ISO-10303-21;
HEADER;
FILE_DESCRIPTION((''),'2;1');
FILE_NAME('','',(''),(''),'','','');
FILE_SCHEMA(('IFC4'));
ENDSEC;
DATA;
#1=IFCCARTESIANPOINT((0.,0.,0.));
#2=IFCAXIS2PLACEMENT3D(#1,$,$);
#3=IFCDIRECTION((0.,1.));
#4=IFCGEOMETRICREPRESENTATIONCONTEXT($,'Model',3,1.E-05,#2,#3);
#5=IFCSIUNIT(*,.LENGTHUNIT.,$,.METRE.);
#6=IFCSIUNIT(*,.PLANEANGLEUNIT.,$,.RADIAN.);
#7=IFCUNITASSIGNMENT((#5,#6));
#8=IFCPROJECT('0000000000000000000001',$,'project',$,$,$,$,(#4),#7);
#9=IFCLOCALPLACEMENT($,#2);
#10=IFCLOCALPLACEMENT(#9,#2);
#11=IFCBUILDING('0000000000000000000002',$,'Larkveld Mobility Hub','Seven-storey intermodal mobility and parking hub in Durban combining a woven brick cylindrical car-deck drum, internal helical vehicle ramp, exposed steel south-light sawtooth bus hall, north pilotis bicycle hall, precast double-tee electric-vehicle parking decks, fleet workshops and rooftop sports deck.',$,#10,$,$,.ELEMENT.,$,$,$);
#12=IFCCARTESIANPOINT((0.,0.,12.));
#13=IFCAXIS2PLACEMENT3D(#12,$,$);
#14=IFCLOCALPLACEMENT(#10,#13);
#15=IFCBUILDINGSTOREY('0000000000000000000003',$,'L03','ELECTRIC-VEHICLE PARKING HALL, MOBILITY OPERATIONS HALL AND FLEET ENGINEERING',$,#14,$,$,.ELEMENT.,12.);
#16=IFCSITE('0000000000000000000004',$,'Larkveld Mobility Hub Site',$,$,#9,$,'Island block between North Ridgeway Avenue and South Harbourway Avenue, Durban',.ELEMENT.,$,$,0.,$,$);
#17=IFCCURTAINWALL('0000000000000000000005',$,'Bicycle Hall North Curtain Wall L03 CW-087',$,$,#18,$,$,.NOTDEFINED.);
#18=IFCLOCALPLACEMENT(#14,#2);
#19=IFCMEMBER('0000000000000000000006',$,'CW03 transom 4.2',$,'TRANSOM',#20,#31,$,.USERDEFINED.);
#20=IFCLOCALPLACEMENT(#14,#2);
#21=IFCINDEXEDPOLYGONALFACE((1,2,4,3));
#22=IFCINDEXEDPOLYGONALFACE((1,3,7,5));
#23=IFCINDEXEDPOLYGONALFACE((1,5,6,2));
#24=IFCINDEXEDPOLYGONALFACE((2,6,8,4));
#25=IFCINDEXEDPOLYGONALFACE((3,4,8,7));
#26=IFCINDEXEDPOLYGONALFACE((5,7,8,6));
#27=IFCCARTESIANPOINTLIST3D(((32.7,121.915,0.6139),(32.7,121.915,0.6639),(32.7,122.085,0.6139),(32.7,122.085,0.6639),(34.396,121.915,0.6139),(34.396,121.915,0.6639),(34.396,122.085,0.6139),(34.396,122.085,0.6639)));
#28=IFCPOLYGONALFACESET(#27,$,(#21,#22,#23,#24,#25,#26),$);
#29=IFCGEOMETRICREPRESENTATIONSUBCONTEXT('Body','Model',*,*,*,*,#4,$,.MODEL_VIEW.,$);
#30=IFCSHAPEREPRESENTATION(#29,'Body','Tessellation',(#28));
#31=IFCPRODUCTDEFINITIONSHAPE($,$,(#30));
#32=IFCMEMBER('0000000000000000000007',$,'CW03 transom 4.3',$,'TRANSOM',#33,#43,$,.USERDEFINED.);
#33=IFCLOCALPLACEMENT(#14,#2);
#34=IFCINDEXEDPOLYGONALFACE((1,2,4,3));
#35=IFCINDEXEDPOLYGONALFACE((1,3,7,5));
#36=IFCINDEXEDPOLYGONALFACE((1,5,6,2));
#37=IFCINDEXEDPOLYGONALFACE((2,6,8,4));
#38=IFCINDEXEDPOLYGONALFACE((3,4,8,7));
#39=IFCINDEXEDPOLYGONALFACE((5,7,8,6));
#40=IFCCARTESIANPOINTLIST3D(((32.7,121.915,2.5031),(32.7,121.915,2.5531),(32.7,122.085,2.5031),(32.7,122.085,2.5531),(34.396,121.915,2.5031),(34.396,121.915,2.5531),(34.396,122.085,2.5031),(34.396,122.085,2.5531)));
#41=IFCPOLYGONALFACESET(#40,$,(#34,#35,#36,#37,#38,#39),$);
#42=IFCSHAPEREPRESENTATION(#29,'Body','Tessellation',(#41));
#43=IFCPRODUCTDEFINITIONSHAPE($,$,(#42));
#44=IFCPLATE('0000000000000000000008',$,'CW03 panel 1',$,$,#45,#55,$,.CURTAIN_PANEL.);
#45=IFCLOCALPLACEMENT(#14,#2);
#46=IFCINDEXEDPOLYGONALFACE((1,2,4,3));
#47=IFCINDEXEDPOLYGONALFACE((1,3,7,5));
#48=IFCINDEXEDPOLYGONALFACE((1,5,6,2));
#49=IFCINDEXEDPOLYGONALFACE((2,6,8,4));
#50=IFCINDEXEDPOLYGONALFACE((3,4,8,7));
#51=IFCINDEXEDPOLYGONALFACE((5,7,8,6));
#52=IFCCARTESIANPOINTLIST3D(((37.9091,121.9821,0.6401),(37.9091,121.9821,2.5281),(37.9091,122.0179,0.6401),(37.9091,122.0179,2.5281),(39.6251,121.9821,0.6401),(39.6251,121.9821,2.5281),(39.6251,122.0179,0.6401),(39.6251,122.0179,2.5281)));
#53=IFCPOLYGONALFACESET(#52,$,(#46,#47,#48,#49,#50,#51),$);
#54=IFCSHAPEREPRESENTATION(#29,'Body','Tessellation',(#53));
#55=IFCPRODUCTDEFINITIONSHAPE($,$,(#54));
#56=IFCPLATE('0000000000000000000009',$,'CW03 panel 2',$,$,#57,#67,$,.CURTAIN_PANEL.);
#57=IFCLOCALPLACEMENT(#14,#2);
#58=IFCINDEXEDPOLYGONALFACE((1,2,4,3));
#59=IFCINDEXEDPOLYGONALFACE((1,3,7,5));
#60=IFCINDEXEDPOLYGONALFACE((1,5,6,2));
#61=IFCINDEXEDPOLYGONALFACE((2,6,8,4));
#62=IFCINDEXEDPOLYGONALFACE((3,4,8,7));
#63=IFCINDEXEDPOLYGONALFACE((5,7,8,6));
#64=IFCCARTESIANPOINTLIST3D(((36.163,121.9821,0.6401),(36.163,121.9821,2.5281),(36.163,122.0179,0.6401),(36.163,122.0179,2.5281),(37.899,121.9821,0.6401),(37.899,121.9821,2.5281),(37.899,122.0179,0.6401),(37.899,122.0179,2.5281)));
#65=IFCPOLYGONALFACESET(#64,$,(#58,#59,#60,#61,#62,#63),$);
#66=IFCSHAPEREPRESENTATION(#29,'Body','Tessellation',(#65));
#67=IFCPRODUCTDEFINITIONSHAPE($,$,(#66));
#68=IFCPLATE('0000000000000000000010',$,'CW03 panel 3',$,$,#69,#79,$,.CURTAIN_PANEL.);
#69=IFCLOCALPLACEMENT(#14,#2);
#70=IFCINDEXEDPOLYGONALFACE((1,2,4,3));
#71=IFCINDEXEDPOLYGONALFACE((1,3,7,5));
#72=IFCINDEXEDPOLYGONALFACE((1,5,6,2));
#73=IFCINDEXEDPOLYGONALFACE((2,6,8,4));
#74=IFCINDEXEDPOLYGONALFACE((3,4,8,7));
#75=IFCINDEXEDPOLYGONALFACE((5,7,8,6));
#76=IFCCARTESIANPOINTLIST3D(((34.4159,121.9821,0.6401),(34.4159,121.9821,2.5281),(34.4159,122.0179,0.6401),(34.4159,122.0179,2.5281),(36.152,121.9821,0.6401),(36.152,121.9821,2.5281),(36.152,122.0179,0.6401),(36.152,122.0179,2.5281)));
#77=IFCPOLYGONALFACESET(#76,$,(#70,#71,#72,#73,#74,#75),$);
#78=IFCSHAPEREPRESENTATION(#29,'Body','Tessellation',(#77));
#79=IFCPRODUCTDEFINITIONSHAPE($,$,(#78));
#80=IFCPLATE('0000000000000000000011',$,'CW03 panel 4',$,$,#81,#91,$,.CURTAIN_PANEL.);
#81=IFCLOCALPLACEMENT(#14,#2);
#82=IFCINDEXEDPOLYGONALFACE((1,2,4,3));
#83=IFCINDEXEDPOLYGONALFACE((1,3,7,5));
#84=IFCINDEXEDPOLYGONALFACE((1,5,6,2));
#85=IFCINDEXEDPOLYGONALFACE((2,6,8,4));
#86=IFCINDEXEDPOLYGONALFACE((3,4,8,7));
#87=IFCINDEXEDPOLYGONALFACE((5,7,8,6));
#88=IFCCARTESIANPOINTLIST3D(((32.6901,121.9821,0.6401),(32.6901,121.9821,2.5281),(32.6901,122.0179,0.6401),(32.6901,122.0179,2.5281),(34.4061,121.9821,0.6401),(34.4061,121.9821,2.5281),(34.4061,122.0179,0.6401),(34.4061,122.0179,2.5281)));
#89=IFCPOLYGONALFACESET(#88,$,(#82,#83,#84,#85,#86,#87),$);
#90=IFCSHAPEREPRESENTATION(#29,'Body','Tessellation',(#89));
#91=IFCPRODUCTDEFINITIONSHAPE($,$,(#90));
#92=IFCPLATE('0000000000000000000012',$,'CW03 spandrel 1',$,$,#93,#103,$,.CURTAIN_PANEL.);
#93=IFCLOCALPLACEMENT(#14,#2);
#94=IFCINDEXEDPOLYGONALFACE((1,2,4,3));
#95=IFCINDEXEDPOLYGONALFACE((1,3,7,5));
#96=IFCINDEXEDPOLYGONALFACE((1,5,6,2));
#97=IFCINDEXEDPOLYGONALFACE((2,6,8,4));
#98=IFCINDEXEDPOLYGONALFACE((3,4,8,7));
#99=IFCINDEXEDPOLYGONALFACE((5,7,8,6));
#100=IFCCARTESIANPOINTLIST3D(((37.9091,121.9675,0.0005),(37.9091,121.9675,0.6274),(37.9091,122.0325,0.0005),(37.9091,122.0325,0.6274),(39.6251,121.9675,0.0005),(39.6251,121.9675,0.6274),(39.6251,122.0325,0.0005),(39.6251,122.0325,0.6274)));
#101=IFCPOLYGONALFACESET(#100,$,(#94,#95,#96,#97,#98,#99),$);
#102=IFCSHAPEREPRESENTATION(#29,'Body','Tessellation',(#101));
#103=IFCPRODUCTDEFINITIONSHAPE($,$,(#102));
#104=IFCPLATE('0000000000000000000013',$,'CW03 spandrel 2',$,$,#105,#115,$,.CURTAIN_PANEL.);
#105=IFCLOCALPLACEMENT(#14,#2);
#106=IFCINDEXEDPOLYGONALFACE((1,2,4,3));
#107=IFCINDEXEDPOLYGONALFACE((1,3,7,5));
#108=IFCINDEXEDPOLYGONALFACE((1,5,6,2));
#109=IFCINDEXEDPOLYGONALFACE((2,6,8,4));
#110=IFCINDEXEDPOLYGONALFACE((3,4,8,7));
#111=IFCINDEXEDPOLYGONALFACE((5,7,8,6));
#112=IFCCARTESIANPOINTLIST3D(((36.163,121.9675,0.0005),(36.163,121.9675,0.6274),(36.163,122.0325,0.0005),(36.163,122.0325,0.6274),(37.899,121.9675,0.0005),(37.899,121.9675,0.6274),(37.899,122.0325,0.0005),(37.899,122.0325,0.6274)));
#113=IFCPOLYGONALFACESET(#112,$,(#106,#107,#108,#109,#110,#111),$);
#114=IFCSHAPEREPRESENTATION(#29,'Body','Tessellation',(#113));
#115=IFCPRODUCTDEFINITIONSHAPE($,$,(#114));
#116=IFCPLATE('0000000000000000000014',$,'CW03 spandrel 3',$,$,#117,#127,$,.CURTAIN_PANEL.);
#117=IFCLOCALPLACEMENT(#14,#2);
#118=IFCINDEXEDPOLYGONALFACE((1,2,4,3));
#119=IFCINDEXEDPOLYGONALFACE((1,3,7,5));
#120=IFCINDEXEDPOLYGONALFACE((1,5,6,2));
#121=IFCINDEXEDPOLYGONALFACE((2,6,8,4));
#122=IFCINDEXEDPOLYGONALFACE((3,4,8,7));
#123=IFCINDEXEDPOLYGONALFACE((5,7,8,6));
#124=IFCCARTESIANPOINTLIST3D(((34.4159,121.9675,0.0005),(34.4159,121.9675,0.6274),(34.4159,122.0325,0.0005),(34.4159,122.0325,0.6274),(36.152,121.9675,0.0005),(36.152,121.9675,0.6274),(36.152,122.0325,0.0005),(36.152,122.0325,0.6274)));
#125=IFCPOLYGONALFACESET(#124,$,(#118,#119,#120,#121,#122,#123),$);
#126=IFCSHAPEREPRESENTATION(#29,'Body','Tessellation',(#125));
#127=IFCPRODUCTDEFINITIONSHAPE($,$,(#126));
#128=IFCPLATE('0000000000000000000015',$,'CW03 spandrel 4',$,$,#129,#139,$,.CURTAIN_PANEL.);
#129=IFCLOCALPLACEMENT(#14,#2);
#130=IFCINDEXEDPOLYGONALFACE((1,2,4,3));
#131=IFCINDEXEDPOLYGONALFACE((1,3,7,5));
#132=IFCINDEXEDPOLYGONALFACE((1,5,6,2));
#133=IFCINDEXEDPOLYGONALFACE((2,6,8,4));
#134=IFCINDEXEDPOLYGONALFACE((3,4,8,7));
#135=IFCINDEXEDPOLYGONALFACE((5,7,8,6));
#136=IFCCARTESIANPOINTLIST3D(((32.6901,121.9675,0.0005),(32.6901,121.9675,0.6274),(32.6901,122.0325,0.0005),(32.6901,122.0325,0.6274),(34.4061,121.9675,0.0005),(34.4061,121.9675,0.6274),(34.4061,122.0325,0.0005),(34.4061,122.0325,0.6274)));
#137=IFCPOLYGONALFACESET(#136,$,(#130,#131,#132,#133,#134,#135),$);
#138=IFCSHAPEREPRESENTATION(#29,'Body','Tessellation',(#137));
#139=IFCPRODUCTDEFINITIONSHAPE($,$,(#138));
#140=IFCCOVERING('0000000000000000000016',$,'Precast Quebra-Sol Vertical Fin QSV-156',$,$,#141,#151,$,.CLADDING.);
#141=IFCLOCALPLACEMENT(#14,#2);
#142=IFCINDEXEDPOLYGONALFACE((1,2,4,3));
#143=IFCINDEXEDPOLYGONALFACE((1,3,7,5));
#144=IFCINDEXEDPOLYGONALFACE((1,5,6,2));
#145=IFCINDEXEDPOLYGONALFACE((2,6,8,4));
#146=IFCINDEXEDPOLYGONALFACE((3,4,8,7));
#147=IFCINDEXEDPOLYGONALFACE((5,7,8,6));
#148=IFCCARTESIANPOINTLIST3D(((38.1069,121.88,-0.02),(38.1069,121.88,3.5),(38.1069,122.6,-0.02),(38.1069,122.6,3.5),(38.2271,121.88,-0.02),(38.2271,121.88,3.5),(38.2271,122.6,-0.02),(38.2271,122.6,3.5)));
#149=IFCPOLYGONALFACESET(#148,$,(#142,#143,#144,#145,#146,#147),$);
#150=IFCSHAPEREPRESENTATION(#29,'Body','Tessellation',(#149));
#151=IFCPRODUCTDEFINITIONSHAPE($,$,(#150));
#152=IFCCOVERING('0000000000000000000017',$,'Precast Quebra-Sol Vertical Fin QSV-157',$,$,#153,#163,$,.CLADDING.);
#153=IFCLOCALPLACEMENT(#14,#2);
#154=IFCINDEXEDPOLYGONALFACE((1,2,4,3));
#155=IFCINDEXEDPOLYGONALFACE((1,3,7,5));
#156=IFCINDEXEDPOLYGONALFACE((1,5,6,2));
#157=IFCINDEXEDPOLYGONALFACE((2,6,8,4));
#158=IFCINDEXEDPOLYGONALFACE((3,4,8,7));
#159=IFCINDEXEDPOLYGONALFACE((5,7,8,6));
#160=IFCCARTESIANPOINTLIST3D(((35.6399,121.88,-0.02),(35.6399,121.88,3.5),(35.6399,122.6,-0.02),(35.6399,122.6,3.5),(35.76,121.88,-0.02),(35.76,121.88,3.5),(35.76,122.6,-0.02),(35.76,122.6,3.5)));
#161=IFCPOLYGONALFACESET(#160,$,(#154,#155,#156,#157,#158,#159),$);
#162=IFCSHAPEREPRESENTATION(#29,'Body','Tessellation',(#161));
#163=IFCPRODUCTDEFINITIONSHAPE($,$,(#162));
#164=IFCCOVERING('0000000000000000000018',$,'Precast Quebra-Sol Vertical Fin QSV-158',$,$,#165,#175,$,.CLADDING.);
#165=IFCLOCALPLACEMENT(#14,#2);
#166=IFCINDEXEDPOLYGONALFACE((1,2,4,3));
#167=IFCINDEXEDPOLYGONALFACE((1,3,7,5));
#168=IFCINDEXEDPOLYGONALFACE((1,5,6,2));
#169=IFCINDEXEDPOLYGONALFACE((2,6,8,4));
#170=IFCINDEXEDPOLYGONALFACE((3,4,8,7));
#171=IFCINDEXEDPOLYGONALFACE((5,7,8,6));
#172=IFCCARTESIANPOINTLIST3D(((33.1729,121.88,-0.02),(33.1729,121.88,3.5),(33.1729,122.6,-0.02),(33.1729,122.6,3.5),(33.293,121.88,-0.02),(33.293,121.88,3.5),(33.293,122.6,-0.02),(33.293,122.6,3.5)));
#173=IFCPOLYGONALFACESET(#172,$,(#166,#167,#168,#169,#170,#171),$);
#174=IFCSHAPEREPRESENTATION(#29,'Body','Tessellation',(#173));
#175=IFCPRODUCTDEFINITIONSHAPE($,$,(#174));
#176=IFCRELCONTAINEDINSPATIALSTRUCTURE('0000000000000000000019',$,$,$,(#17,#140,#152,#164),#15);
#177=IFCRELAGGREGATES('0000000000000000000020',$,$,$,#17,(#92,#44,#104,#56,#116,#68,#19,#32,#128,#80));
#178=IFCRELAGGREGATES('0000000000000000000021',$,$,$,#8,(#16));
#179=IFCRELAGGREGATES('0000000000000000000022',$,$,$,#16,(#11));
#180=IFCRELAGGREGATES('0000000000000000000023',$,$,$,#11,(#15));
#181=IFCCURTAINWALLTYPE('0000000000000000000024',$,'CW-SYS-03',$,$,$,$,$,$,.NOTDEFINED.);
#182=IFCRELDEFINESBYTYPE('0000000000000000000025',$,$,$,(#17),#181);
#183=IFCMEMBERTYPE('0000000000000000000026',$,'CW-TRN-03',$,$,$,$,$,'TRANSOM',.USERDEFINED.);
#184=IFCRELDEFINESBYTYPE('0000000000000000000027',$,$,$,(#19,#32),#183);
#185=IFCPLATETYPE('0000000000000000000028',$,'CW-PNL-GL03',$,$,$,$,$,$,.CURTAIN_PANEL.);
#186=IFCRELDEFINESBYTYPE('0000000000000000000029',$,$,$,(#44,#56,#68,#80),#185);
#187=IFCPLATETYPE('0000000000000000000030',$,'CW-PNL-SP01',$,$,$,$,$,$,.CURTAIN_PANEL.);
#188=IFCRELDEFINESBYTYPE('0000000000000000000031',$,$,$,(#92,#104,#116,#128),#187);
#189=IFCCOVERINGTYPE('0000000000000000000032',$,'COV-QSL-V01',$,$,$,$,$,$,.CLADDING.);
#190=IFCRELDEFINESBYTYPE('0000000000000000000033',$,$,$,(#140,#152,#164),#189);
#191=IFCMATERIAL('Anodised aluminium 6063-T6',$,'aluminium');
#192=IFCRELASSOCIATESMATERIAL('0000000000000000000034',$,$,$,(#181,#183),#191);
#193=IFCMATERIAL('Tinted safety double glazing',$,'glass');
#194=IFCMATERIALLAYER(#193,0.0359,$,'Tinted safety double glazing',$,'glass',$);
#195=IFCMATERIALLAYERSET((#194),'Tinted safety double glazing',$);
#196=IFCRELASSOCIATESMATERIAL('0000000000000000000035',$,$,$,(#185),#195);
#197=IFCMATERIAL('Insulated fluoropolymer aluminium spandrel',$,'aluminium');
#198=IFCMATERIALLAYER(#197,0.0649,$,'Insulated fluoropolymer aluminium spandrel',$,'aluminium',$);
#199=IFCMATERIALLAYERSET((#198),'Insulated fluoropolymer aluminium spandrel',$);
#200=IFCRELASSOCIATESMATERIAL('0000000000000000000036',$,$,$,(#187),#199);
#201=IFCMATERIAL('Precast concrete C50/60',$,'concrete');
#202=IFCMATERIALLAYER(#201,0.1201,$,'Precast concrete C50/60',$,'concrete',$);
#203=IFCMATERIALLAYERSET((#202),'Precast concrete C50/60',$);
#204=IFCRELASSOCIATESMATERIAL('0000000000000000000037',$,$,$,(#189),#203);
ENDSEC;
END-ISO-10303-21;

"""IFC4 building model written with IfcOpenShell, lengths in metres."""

from ifc_helpers import new_model, si_unit, direction, frame, origin, origin_2d, place, context, subcontext, project, spatial, rectangle, extrude, material, layer, layer_set, material_profile, profile_set, type_object, element, aggregate, save


model = new_model("IFC4")

# Units and contexts
model_context = context("Model", 3, precision=1e-05, world=origin(), true_north=direction((0.0, 1.0)))
body_context = subcontext(model_context, "Body", "Model", "MODEL_VIEW")
ifc_project = project(units=[si_unit("LENGTHUNIT", "METRE"), si_unit("PLANEANGLEUNIT", "RADIAN")], contexts=[model_context])

# Site, building, storey
site_placement = place(None, origin())
site = spatial("IfcSite", under=ifc_project, at=site_placement, Name="Larkveld Mobility Hub Site", LongName="Island block between North Ridgeway Avenue and South Harbourway Avenue, Durban", CompositionType="ELEMENT", RefElevation=0.0)
building_placement = place(site_placement, origin())
building = spatial("IfcBuilding", under=site, at=building_placement, Name="Larkveld Mobility Hub", Description="Seven-storey intermodal mobility and parking hub in Durban combining a woven brick cylindrical car-deck drum, internal helical vehicle ramp, exposed steel south-light sawtooth bus hall, north pilotis bicycle hall, precast double-tee electric-vehicle parking decks, fleet workshops and rooftop sports deck.", CompositionType="ELEMENT")
storey_placement = place(building_placement, frame((0.0, 0.0, 12.0)))
storey = spatial("IfcBuildingStorey", under=building, at=storey_placement, Name="L03", Description="ELECTRIC-VEHICLE PARKING HALL, MOBILITY OPERATIONS HALL AND FLEET ENGINEERING", CompositionType="ELEMENT", Elevation=12.0)

# Curtain wall, members, plates
ifc_material_1 = material(Name="Anodised aluminium 6063-T6", Category="aluminium")
curtain_wall_type = type_object("IfcCurtainWallType", Name="CW-SYS-03", PredefinedType="NOTDEFINED", material=ifc_material_1)
curtain_wall_placement = place(storey_placement, origin())
curtain_wall = element("IfcCurtainWall", 1, at=curtain_wall_placement, inside=storey, type_object=curtain_wall_type, Name="Bicycle Hall North Curtain Wall L03 CW-087", PredefinedType="NOTDEFINED")
ifc_material_profile_1 = material_profile(ifc_material_1, rectangle(XDim=0.1699, YDim=0.05, at=origin_2d()), Name="ALU TRAN 50x170")
ifc_profile_set_1 = profile_set([ifc_material_profile_1], Name="Anodised aluminium 6063-T6")
member_type_1 = type_object("IfcMemberType", Name="CW-TRN-03", ElementType="TRANSOM", PredefinedType="USERDEFINED", material=ifc_profile_set_1)
member_1_placement = place(storey_placement, frame((34.396, 122.0, 0.6389), z_axis=(-1.0, 0.0, 0.0), x_axis=(0.0, -1.0, 0.0)))
member_1 = element("IfcMember", 2, at=member_1_placement, type_object=member_type_1, Name="CW03 transom 4.2", ObjectType="TRANSOM", PredefinedType="USERDEFINED", context=body_context, shape_type="SweptSolid", body=[
    extrude(rectangle(XDim=0.1699, YDim=0.05, at=origin_2d()), origin(), (0.0, 0.0, 1.0), 1.696),
])
member_2_placement = place(storey_placement, frame((34.396, 122.0, 2.5281), z_axis=(-1.0, 0.0, 0.0), x_axis=(0.0, -1.0, 0.0)))
member_2 = element("IfcMember", 3, at=member_2_placement, type_object=member_type_1, Name="CW03 transom 4.3", ObjectType="TRANSOM", PredefinedType="USERDEFINED", context=body_context, shape_type="SweptSolid", body=[
    extrude(rectangle(XDim=0.1699, YDim=0.05, at=origin_2d()), origin(), (0.0, 0.0, 1.0), 1.696),
])
ifc_material_2 = material(Name="Tinted safety double glazing", Category="glass")
ifc_layer_1 = layer(ifc_material_2, 0.0359, Name="Tinted safety double glazing", Category="glass")
ifc_layer_set_1 = layer_set([ifc_layer_1], Name="Tinted safety double glazing")
plate_type_1 = type_object("IfcPlateType", Name="CW-PNL-GL03", PredefinedType="CURTAIN_PANEL", material=ifc_layer_set_1)
plate_1_placement = place(storey_placement, frame((38.7671, 122.0, 0.6401), z_axis=(0.0, 0.0, 1.0), x_axis=(-1.0, 0.0, 0.0)))
plate_1 = element("IfcPlate", 4, at=plate_1_placement, type_object=plate_type_1, Name="CW03 panel 1", PredefinedType="CURTAIN_PANEL", context=body_context, shape_type="SweptSolid", body=[
    extrude(rectangle(XDim=1.7161, YDim=0.0359, at=origin_2d()), origin(), (0.0, 0.0, 1.0), 1.8879),
])
plate_2_placement = place(storey_placement, frame((37.031, 122.0, 0.6401), z_axis=(0.0, 0.0, 1.0), x_axis=(-1.0, 0.0, 0.0)))
plate_2 = element("IfcPlate", 5, at=plate_2_placement, type_object=plate_type_1, Name="CW03 panel 2", PredefinedType="CURTAIN_PANEL", context=body_context, shape_type="SweptSolid", body=[
    extrude(rectangle(XDim=1.7361, YDim=0.0359, at=origin_2d()), origin(), (0.0, 0.0, 1.0), 1.8879),
])
plate_3_placement = place(storey_placement, frame((35.2839, 122.0, 0.6401), z_axis=(0.0, 0.0, 1.0), x_axis=(-1.0, 0.0, 0.0)))
plate_3 = element("IfcPlate", 6, at=plate_3_placement, type_object=plate_type_1, Name="CW03 panel 3", PredefinedType="CURTAIN_PANEL", context=body_context, shape_type="SweptSolid", body=[
    extrude(rectangle(XDim=1.7361, YDim=0.0359, at=origin_2d()), origin(), (0.0, 0.0, 1.0), 1.8879),
])
plate_4_placement = place(storey_placement, frame((33.5481, 122.0, 0.6401), z_axis=(0.0, 0.0, 1.0), x_axis=(-1.0, 0.0, 0.0)))
plate_4 = element("IfcPlate", 7, at=plate_4_placement, type_object=plate_type_1, Name="CW03 panel 4", PredefinedType="CURTAIN_PANEL", context=body_context, shape_type="SweptSolid", body=[
    extrude(rectangle(XDim=1.7161, YDim=0.0359, at=origin_2d()), origin(), (0.0, 0.0, 1.0), 1.8879),
])
ifc_material_3 = material(Name="Insulated fluoropolymer aluminium spandrel", Category="aluminium")
ifc_layer_2 = layer(ifc_material_3, 0.0649, Name="Insulated fluoropolymer aluminium spandrel", Category="aluminium")
ifc_layer_set_2 = layer_set([ifc_layer_2], Name="Insulated fluoropolymer aluminium spandrel")
plate_type_2 = type_object("IfcPlateType", Name="CW-PNL-SP01", PredefinedType="CURTAIN_PANEL", material=ifc_layer_set_2)
plate_5_placement = place(storey_placement, frame((38.7671, 122.0, 0.0005), z_axis=(0.0, 0.0, 1.0), x_axis=(-1.0, 0.0, 0.0)))
plate_5 = element("IfcPlate", 8, at=plate_5_placement, type_object=plate_type_2, Name="CW03 spandrel 1", PredefinedType="CURTAIN_PANEL", context=body_context, shape_type="SweptSolid", body=[
    extrude(rectangle(XDim=1.7161, YDim=0.0649, at=origin_2d()), origin(), (0.0, 0.0, 1.0), 0.627),
])
plate_6_placement = place(storey_placement, frame((37.031, 122.0, 0.0005), z_axis=(0.0, 0.0, 1.0), x_axis=(-1.0, 0.0, 0.0)))
plate_6 = element("IfcPlate", 9, at=plate_6_placement, type_object=plate_type_2, Name="CW03 spandrel 2", PredefinedType="CURTAIN_PANEL", context=body_context, shape_type="SweptSolid", body=[
    extrude(rectangle(XDim=1.7361, YDim=0.0649, at=origin_2d()), origin(), (0.0, 0.0, 1.0), 0.627),
])
plate_7_placement = place(storey_placement, frame((35.2839, 122.0, 0.0005), z_axis=(0.0, 0.0, 1.0), x_axis=(-1.0, 0.0, 0.0)))
plate_7 = element("IfcPlate", 10, at=plate_7_placement, type_object=plate_type_2, Name="CW03 spandrel 3", PredefinedType="CURTAIN_PANEL", context=body_context, shape_type="SweptSolid", body=[
    extrude(rectangle(XDim=1.7361, YDim=0.0649, at=origin_2d()), origin(), (0.0, 0.0, 1.0), 0.627),
])
plate_8_placement = place(storey_placement, frame((33.5481, 122.0, 0.0005), z_axis=(0.0, 0.0, 1.0), x_axis=(-1.0, 0.0, 0.0)))
plate_8 = element("IfcPlate", 11, at=plate_8_placement, type_object=plate_type_2, Name="CW03 spandrel 4", PredefinedType="CURTAIN_PANEL", context=body_context, shape_type="SweptSolid", body=[
    extrude(rectangle(XDim=1.7161, YDim=0.0649, at=origin_2d()), origin(), (0.0, 0.0, 1.0), 0.627),
])
aggregate(curtain_wall, [plate_5, plate_1, plate_6, plate_2, plate_7, plate_3, member_1, member_2, plate_8, plate_4])

# Coverings
ifc_material_4 = material(Name="Precast concrete C50/60", Category="concrete")
ifc_layer_3 = layer(ifc_material_4, 0.1201, Name="Precast concrete C50/60", Category="concrete")
ifc_layer_set_3 = layer_set([ifc_layer_3], Name="Precast concrete C50/60")
covering_type = type_object("IfcCoveringType", Name="COV-QSL-V01", PredefinedType="CLADDING", material=ifc_layer_set_3)
for number, where, z_axis, x_axis, name in (
    (12, (38.167, 122.24, -0.02), (0.0, 0.0, 1.0), (-1.0, 0.0, 0.0), "Precast Quebra-Sol Vertical Fin QSV-156"),
    (13, (35.7, 122.24, -0.02), (0.0, 0.0, 1.0), (-1.0, 0.0, 0.0), "Precast Quebra-Sol Vertical Fin QSV-157"),
    (14, (33.2329, 122.24, -0.02), (0.0, 0.0, 1.0), (-1.0, 0.0, 0.0), "Precast Quebra-Sol Vertical Fin QSV-158"),
):
    element("IfcCovering", number, at=place(storey_placement, frame(where, z_axis=z_axis, x_axis=x_axis)), inside=storey, type_object=covering_type, Name=name, PredefinedType="CLADDING", context=body_context, shape_type="SweptSolid", body=[
        extrude(rectangle(XDim=0.1201, YDim=0.72, at=origin_2d()), origin(), (0.0, 0.0, 1.0), 3.52),
    ])

save(model, "model.ifc")
